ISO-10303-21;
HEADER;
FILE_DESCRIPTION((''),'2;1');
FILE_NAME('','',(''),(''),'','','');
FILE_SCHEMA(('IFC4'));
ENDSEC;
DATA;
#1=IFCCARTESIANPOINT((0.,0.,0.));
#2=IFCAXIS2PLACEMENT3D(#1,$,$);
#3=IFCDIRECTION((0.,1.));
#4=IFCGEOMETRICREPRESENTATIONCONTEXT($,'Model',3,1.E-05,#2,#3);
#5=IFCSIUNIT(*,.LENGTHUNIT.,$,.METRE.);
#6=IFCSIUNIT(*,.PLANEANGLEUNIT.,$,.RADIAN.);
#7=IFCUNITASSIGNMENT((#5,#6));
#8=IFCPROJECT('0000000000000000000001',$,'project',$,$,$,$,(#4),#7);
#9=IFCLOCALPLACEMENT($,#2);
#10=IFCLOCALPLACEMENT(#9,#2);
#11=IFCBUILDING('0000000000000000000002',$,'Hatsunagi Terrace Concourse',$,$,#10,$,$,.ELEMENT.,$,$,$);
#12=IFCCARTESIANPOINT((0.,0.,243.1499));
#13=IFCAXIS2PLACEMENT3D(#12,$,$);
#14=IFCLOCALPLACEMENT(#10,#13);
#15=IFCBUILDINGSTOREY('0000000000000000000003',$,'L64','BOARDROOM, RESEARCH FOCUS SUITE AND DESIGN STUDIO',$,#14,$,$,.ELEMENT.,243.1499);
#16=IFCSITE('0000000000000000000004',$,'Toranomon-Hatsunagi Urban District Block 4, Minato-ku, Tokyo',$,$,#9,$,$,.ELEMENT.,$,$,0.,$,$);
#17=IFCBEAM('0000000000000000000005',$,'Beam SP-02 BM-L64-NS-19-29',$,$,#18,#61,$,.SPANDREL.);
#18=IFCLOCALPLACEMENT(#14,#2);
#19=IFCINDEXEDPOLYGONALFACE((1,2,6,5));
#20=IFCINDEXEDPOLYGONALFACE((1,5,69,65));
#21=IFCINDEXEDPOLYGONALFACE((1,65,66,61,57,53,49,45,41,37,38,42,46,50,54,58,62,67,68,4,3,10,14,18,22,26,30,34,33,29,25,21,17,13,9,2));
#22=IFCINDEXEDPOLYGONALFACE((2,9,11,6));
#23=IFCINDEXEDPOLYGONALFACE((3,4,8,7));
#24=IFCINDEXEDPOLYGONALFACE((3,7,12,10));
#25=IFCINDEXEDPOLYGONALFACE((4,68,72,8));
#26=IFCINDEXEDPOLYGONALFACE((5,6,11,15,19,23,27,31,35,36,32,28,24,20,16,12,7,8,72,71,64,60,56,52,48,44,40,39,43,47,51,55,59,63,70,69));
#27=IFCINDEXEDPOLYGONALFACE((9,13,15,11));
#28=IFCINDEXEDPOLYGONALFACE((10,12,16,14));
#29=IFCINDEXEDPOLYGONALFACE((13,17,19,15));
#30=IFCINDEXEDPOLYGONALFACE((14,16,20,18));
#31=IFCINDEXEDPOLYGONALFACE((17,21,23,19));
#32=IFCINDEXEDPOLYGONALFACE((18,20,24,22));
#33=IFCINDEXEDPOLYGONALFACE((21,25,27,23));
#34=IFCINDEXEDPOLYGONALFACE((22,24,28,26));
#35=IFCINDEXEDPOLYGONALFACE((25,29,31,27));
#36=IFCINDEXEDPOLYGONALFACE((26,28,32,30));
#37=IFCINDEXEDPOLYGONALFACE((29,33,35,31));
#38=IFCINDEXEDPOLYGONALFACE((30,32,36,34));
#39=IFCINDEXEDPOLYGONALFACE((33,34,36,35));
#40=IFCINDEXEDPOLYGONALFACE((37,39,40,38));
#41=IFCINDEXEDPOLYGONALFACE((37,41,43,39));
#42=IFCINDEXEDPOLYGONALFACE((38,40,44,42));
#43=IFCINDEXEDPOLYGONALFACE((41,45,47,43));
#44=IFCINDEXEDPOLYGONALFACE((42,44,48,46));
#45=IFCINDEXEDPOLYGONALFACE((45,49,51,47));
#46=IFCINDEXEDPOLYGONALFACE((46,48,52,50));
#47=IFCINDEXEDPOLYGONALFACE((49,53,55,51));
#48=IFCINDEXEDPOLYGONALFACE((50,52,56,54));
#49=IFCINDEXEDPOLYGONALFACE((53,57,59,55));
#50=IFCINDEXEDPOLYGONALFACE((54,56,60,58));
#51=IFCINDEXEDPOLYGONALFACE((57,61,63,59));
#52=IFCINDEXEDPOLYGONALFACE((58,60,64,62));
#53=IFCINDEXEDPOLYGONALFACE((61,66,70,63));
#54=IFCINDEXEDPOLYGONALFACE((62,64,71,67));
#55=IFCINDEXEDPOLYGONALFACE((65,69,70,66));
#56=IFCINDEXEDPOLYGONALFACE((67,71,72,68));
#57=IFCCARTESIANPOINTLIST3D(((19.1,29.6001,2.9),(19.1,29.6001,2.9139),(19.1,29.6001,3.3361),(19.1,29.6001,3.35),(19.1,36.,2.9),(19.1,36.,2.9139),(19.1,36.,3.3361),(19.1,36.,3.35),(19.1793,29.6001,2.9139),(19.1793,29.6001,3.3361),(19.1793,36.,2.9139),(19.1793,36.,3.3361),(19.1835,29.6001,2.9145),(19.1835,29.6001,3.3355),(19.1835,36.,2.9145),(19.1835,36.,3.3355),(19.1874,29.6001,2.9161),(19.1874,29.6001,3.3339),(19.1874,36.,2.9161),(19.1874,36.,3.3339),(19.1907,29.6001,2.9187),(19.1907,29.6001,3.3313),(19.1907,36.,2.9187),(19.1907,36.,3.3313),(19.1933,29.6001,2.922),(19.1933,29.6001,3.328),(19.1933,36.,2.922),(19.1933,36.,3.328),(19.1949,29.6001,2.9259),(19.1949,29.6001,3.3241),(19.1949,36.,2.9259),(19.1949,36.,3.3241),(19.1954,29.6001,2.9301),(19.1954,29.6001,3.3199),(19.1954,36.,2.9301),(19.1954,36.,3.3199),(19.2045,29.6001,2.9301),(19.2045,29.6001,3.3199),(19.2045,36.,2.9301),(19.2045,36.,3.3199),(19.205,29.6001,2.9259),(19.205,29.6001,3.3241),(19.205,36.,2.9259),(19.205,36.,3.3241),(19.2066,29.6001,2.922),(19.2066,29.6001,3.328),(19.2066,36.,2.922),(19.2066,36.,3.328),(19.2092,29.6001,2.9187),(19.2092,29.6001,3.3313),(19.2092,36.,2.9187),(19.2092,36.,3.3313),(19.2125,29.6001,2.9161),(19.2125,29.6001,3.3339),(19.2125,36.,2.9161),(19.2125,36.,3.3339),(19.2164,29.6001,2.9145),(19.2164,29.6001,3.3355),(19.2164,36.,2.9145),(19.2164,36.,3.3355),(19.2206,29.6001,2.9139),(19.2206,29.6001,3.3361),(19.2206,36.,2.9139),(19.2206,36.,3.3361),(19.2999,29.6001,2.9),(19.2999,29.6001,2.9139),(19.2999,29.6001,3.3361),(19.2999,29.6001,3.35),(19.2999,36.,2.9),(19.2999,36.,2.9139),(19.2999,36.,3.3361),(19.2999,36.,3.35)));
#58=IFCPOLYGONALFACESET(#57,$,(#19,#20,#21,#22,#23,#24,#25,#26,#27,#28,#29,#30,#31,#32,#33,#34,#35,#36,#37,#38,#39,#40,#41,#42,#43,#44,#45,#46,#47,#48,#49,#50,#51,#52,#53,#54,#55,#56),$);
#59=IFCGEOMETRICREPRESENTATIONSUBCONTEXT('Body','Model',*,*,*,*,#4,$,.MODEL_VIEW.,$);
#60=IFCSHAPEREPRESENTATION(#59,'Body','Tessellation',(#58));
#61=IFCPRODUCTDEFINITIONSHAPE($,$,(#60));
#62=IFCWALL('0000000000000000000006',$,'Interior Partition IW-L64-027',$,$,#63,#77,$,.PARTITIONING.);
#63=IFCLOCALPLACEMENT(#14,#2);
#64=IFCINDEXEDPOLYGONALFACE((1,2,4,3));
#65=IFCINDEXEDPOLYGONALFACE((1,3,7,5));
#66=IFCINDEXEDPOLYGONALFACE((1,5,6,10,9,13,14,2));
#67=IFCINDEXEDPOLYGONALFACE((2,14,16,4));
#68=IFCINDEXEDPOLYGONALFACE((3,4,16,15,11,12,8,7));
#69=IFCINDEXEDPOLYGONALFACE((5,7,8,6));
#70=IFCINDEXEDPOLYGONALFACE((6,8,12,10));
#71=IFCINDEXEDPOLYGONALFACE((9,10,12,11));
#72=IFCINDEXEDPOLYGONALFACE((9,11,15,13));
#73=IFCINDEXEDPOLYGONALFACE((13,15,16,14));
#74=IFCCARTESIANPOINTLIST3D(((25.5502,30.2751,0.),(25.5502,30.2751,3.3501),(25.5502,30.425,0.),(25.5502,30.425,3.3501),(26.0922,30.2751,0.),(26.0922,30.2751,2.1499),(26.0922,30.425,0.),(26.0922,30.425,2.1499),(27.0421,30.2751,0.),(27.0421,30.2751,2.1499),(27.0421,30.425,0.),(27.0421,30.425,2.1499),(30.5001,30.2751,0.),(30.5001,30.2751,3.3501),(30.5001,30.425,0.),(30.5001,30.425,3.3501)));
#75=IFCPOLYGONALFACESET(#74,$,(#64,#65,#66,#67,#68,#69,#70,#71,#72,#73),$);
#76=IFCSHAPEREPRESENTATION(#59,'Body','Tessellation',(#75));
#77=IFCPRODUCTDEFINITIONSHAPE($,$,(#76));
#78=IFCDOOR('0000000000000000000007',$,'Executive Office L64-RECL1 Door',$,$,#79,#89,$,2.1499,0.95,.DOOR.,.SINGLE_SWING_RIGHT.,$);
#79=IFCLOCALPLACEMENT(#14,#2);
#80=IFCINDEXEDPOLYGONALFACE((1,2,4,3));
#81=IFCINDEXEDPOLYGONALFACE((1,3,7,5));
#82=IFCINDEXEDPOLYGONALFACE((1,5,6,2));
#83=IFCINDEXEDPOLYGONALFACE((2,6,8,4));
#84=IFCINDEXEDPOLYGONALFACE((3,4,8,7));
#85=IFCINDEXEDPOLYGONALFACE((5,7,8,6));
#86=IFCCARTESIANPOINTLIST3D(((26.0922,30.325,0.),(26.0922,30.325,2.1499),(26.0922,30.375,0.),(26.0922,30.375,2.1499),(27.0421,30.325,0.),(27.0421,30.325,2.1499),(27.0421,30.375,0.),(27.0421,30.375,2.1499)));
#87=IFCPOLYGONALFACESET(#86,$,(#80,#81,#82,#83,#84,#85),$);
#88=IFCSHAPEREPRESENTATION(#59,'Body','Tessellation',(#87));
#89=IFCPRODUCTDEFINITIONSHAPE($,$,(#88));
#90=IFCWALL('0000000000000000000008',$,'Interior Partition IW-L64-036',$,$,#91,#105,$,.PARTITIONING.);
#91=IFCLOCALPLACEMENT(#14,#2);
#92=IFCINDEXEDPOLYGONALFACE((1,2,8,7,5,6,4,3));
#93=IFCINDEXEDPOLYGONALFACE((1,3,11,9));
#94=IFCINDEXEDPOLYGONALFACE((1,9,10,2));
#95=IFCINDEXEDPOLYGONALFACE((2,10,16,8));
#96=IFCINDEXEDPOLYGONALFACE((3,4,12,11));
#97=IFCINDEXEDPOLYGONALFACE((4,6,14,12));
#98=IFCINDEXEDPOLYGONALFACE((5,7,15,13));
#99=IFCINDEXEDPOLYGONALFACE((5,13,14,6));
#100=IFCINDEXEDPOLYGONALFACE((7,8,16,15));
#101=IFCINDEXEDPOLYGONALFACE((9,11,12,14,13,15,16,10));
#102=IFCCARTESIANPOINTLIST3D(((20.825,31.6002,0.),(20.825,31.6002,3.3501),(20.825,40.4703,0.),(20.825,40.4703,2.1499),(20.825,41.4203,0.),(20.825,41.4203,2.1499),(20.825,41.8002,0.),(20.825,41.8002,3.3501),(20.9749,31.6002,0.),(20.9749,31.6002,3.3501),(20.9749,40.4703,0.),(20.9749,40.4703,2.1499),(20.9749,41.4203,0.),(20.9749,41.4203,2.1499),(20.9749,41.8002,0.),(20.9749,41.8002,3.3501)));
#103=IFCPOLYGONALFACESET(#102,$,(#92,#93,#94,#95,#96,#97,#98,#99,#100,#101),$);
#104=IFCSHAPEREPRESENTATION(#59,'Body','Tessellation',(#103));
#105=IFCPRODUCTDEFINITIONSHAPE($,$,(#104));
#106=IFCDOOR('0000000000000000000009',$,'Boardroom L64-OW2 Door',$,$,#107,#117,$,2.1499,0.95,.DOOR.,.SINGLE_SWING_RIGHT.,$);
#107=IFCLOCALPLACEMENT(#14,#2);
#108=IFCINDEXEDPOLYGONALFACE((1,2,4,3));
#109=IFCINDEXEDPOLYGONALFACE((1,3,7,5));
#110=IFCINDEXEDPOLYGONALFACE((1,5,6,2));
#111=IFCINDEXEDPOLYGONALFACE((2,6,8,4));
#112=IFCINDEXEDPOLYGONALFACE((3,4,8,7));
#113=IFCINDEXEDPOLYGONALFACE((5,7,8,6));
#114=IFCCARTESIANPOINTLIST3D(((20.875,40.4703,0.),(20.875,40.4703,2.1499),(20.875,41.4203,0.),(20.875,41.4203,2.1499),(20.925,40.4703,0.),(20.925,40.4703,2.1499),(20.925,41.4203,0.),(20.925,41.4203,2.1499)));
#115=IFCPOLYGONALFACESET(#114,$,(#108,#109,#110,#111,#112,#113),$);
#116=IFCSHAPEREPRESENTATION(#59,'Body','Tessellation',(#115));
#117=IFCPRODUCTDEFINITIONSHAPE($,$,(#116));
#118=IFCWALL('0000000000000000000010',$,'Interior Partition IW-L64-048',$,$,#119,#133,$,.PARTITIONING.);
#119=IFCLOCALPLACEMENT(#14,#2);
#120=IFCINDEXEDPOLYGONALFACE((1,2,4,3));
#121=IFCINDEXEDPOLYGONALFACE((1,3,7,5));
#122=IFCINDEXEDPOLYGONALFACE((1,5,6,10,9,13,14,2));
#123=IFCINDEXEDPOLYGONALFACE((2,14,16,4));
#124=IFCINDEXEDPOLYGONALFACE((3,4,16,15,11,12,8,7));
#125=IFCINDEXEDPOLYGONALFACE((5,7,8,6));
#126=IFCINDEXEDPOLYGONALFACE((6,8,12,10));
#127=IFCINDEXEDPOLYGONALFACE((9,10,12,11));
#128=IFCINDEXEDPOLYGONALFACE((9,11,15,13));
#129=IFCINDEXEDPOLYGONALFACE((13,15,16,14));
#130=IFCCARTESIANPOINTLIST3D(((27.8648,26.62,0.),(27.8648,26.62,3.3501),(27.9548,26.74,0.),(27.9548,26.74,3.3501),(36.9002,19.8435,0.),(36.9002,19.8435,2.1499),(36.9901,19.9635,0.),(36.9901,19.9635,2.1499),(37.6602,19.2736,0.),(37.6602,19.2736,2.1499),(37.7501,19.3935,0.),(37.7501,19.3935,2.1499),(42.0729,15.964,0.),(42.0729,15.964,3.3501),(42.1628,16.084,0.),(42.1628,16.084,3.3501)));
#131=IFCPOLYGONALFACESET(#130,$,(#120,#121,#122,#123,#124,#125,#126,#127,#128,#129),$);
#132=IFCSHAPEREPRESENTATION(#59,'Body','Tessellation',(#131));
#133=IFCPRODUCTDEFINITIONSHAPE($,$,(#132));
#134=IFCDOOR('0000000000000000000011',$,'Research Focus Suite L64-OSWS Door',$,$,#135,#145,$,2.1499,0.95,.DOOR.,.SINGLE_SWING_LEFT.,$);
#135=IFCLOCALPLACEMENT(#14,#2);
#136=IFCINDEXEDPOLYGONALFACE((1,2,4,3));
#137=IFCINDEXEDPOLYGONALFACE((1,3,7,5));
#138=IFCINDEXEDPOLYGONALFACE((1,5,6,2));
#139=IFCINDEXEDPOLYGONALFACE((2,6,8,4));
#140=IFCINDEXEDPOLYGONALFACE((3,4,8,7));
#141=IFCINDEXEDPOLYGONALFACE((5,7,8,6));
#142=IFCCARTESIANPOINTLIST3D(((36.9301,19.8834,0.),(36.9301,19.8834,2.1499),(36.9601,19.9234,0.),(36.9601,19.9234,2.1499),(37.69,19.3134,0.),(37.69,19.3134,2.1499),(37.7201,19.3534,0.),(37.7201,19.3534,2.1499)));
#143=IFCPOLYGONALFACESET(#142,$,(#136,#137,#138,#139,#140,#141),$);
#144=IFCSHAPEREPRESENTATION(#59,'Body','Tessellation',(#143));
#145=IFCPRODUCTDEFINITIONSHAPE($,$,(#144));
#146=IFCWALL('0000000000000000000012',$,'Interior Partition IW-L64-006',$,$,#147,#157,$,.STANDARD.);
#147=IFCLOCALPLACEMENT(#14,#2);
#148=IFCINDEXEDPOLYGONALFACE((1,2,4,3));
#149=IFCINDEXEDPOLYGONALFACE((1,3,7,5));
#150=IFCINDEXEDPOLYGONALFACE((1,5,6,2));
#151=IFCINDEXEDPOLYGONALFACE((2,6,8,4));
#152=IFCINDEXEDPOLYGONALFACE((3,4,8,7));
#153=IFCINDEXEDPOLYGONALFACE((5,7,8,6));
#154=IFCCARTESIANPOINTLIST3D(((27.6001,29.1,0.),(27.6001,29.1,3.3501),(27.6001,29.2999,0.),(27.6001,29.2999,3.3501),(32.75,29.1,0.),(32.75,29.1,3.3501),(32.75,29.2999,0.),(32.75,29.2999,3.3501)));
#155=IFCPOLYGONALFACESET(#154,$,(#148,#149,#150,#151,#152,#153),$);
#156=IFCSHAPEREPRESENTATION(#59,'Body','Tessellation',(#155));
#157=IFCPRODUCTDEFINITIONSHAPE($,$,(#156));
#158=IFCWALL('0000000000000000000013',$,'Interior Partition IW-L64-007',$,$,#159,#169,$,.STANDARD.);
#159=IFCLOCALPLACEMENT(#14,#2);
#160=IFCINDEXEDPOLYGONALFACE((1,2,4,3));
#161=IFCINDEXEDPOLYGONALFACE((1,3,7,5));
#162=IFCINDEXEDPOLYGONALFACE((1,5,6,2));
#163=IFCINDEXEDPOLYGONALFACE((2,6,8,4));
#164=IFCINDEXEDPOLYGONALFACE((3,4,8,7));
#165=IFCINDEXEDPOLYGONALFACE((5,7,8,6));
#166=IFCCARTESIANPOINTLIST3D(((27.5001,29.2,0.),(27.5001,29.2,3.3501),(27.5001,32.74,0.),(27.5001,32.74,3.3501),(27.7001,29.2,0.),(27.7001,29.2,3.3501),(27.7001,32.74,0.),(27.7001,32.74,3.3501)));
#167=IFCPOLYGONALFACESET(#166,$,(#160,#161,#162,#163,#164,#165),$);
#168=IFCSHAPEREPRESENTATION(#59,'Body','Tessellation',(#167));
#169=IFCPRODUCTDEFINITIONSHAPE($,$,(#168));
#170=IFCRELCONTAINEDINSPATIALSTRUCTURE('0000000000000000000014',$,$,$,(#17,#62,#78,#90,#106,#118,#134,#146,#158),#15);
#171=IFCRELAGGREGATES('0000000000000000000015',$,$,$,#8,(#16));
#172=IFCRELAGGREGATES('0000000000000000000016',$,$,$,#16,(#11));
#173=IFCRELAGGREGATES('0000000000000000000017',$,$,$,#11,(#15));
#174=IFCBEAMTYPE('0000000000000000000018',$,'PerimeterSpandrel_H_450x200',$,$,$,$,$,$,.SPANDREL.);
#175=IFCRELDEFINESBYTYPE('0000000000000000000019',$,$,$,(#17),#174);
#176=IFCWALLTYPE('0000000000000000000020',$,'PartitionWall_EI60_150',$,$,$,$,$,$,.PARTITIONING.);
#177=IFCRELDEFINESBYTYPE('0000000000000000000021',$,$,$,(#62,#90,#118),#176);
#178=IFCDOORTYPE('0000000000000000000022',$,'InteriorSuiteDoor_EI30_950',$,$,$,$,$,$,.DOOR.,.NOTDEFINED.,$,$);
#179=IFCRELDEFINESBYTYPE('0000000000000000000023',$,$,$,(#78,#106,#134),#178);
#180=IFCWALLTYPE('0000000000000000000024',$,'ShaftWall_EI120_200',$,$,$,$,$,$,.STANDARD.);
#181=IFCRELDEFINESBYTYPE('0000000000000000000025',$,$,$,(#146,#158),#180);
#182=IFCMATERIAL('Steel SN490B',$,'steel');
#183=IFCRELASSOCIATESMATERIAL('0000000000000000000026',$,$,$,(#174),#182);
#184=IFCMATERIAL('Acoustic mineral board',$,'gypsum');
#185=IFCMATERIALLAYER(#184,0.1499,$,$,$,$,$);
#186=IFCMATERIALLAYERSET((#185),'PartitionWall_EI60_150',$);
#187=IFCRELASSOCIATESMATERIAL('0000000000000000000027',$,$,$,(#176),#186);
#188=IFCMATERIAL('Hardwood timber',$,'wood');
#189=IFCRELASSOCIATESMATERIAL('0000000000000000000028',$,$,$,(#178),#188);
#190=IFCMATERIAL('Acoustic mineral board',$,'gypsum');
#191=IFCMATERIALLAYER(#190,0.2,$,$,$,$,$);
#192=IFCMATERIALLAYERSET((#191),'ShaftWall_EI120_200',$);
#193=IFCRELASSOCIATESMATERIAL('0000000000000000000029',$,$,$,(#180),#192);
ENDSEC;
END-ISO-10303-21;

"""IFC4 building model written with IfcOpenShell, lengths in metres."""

from ifc_helpers import new_model, si_unit, direction, frame, frame_2d, origin, origin_2d, place, context, subcontext, project, spatial, rectangle, i_section, extrude, material, layer, layer_set, material_profile, profile_set, type_object, element, fill, save


model = new_model("IFC4")

# Units and contexts
model_context = context("Model", 3, precision=1e-05, world=origin(), true_north=direction((0.0, 1.0)))
body_context = subcontext(model_context, "Body", "Model", "MODEL_VIEW")
ifc_project = project(units=[si_unit("LENGTHUNIT", "METRE"), si_unit("PLANEANGLEUNIT", "RADIAN")], contexts=[model_context])

# Site, building, storey
site_placement = place(None, origin())
site = spatial("IfcSite", under=ifc_project, at=site_placement, Name="Toranomon-Hatsunagi Urban District Block 4, Minato-ku, Tokyo", CompositionType="ELEMENT", RefElevation=0.0)
building_placement = place(site_placement, origin())
building = spatial("IfcBuilding", under=site, at=building_placement, Name="Hatsunagi Terrace Concourse", CompositionType="ELEMENT")
storey_placement = place(building_placement, frame((0.0, 0.0, 243.1499)))
storey = spatial("IfcBuildingStorey", under=building, at=storey_placement, Name="L64", Description="BOARDROOM, RESEARCH FOCUS SUITE AND DESIGN STUDIO", CompositionType="ELEMENT", Elevation=243.1499)

# Beam
ifc_material_1 = material(Name="Steel SN490B", Category="steel")
ifc_material_profile_1 = material_profile(ifc_material_1, i_section(OverallWidth=0.2, OverallDepth=0.45, WebThickness=0.009, FlangeThickness=0.0139, FilletRadius=0.0161, at=origin_2d()), Name="H-450x200x9x14")
ifc_profile_set_1 = profile_set([ifc_material_profile_1], Name="Steel SN490B")
beam_type_1 = type_object("IfcBeamType", Name="PerimeterSpandrel_H_450x200", PredefinedType="SPANDREL", material=ifc_profile_set_1)
beam_1_placement = place(storey_placement, frame((19.2, 29.6001, 3.125), z_axis=(0.0, 1.0, 0.0), x_axis=(-1.0, 0.0, 0.0)))
element("IfcBeam", 1, at=beam_1_placement, inside=storey, type_object=beam_type_1, Name="Beam SP-02 BM-L64-NS-19-29", PredefinedType="SPANDREL", context=body_context, shape_type="SweptSolid", body=[
    extrude(i_section(OverallWidth=0.2, OverallDepth=0.45, WebThickness=0.009, FlangeThickness=0.0139, FilletRadius=0.0161, at=origin_2d()), origin(), (0.0, 0.0, 1.0), 6.3999),
])

# Walls, openings, doors
ifc_material_2 = material(Name="Acoustic mineral board", Category="gypsum")
ifc_layer_1 = layer(ifc_material_2, 0.1499)
ifc_layer_set_1 = layer_set([ifc_layer_1], Name="PartitionWall_EI60_150")
wall_type_1 = type_object("IfcWallType", Name="PartitionWall_EI60_150", PredefinedType="PARTITIONING", material=ifc_layer_set_1)
wall_1_placement = place(storey_placement, frame((25.55, 30.3501, 0.0), z_axis=(0.0, 0.0, 1.0), x_axis=(1.0, 0.0, 0.0)))
wall_1 = element("IfcWall", 2, at=wall_1_placement, inside=storey, type_object=wall_type_1, Name="Interior Partition IW-L64-027", PredefinedType="PARTITIONING", context=body_context, shape_type="SweptSolid", body=[
    extrude(rectangle(XDim=4.95, YDim=0.1499, at=frame_2d((2.4751, 0.0))), origin(), (0.0, 0.0, 1.0), 3.3501),
])
opening_1_placement = place(wall_1_placement, frame((0.542, 0.0, 0.0)))
opening_1 = element("IfcOpeningElement", 3, at=opening_1_placement, cuts=wall_1, PredefinedType="OPENING", context=body_context, shape_type="SweptSolid", body=[
    extrude(rectangle(XDim=0.95, YDim=2.1499, at=frame_2d((0.4751, 1.075))), frame((0.0, 0.085, 0.0), z_axis=(0.0, -1.0, 0.0), x_axis=(1.0, 0.0, 0.0)), (0.0, 0.0, 1.0), 0.1699),
])
ifc_material_3 = material(Name="Hardwood timber", Category="wood")
door_type_1 = type_object("IfcDoorType", Name="InteriorSuiteDoor_EI30_950", OperationType="NOTDEFINED", PredefinedType="DOOR", material=ifc_material_3)
door_1_placement = place(opening_1_placement, origin())
door_1 = element("IfcDoor", 4, at=door_1_placement, inside=storey, type_object=door_type_1, Name="Executive Office L64-RECL1 Door", OperationType="SINGLE_SWING_RIGHT", OverallHeight=2.1499, OverallWidth=0.95, PredefinedType="DOOR", context=body_context, shape_type="SweptSolid", body=[
    extrude(rectangle(XDim=0.95, YDim=2.1499, at=frame_2d((0.4751, 1.075))), frame((0.0, 0.0249, 0.0), z_axis=(0.0, -1.0, 0.0), x_axis=(1.0, 0.0, 0.0)), (0.0, 0.0, 1.0), 0.05),
])
fill(opening_1, door_1)
wall_2_placement = place(storey_placement, frame((20.8999, 31.6001, 0.0), z_axis=(0.0, 0.0, 1.0), x_axis=(0.0, 1.0, 0.0)))
wall_2 = element("IfcWall", 5, at=wall_2_placement, inside=storey, type_object=wall_type_1, Name="Interior Partition IW-L64-036", PredefinedType="PARTITIONING", context=body_context, shape_type="SweptSolid", body=[
    extrude(rectangle(XDim=10.2, YDim=0.1499, at=frame_2d((5.1001, 0.0))), origin(), (0.0, 0.0, 1.0), 3.3501),
])
opening_2_placement = place(wall_2_placement, frame((8.8701, 0.0, 0.0)))
opening_2 = element("IfcOpeningElement", 6, at=opening_2_placement, cuts=wall_2, PredefinedType="OPENING", context=body_context, shape_type="SweptSolid", body=[
    extrude(rectangle(XDim=0.95, YDim=2.1499, at=frame_2d((0.4751, 1.075))), frame((0.0, 0.085, 0.0), z_axis=(0.0, -1.0, 0.0), x_axis=(1.0, 0.0, 0.0)), (0.0, 0.0, 1.0), 0.1699),
])
door_2_placement = place(opening_2_placement, origin())
door_2 = element("IfcDoor", 7, at=door_2_placement, inside=storey, type_object=door_type_1, Name="Boardroom L64-OW2 Door", OperationType="SINGLE_SWING_RIGHT", OverallHeight=2.1499, OverallWidth=0.95, PredefinedType="DOOR", context=body_context, shape_type="SweptSolid", body=[
    extrude(rectangle(XDim=0.95, YDim=2.1499, at=frame_2d((0.4751, 1.075))), frame((0.0, 0.0249, 0.0), z_axis=(0.0, -1.0, 0.0), x_axis=(1.0, 0.0, 0.0)), (0.0, 0.0, 1.0), 0.05),
])
fill(opening_2, door_2)
wall_3_placement = place(storey_placement, frame((27.9099, 26.6799, 0.0), z_axis=(0.0, 0.0, 1.0), x_axis=(0.8, -0.6, 0.0)))
wall_3 = element("IfcWall", 8, at=wall_3_placement, inside=storey, type_object=wall_type_1, Name="Interior Partition IW-L64-048", PredefinedType="PARTITIONING", context=body_context, shape_type="SweptSolid", body=[
    extrude(rectangle(XDim=17.76, YDim=0.1499, at=frame_2d((8.8799, 0.0))), origin(), (0.0, 0.0, 1.0), 3.3501),
])
opening_3_placement = place(wall_3_placement, frame((11.2939, 0.0, 0.0)))
opening_3 = element("IfcOpeningElement", 9, at=opening_3_placement, cuts=wall_3, PredefinedType="OPENING", context=body_context, shape_type="SweptSolid", body=[
    extrude(rectangle(XDim=0.95, YDim=2.1499, at=frame_2d((0.4751, 1.075))), frame((0.0, 0.085, 0.0), z_axis=(0.0, -1.0, 0.0), x_axis=(1.0, 0.0, 0.0)), (0.0, 0.0, 1.0), 0.1699),
])
door_3_placement = place(opening_3_placement, origin())
door_3 = element("IfcDoor", 10, at=door_3_placement, inside=storey, type_object=door_type_1, Name="Research Focus Suite L64-OSWS Door", OperationType="SINGLE_SWING_LEFT", OverallHeight=2.1499, OverallWidth=0.95, PredefinedType="DOOR", context=body_context, shape_type="SweptSolid", body=[
    extrude(rectangle(XDim=0.95, YDim=2.1499, at=frame_2d((0.4751, 1.075))), frame((0.0, 0.0249, 0.0), z_axis=(0.0, -1.0, 0.0), x_axis=(1.0, 0.0, 0.0)), (0.0, 0.0, 1.0), 0.05),
])
fill(opening_3, door_3)

# Walls
ifc_material_4 = material(Name="Acoustic mineral board", Category="gypsum")
ifc_layer_2 = layer(ifc_material_4, 0.2)
ifc_layer_set_2 = layer_set([ifc_layer_2], Name="ShaftWall_EI120_200")
wall_type_2 = type_object("IfcWallType", Name="ShaftWall_EI120_200", PredefinedType="STANDARD", material=ifc_layer_set_2)
wall_4_placement = place(storey_placement, frame((27.6001, 29.2, 0.0), z_axis=(0.0, 0.0, 1.0), x_axis=(1.0, 0.0, 0.0)))
element("IfcWall", 11, at=wall_4_placement, inside=storey, type_object=wall_type_2, Name="Interior Partition IW-L64-006", PredefinedType="STANDARD", context=body_context, shape_type="SweptSolid", body=[
    extrude(rectangle(XDim=5.1499, YDim=0.2, at=frame_2d((2.575, 0.0))), origin(), (0.0, 0.0, 1.0), 3.3501),
])
wall_5_placement = place(storey_placement, frame((27.6001, 29.2, 0.0), z_axis=(0.0, 0.0, 1.0), x_axis=(0.0, 1.0, 0.0)))
element("IfcWall", 12, at=wall_5_placement, inside=storey, type_object=wall_type_2, Name="Interior Partition IW-L64-007", PredefinedType="STANDARD", context=body_context, shape_type="SweptSolid", body=[
    extrude(rectangle(XDim=3.54, YDim=0.2, at=frame_2d((1.77, 0.0))), origin(), (0.0, 0.0, 1.0), 3.3501),
])

save(model, "model.ifc")
